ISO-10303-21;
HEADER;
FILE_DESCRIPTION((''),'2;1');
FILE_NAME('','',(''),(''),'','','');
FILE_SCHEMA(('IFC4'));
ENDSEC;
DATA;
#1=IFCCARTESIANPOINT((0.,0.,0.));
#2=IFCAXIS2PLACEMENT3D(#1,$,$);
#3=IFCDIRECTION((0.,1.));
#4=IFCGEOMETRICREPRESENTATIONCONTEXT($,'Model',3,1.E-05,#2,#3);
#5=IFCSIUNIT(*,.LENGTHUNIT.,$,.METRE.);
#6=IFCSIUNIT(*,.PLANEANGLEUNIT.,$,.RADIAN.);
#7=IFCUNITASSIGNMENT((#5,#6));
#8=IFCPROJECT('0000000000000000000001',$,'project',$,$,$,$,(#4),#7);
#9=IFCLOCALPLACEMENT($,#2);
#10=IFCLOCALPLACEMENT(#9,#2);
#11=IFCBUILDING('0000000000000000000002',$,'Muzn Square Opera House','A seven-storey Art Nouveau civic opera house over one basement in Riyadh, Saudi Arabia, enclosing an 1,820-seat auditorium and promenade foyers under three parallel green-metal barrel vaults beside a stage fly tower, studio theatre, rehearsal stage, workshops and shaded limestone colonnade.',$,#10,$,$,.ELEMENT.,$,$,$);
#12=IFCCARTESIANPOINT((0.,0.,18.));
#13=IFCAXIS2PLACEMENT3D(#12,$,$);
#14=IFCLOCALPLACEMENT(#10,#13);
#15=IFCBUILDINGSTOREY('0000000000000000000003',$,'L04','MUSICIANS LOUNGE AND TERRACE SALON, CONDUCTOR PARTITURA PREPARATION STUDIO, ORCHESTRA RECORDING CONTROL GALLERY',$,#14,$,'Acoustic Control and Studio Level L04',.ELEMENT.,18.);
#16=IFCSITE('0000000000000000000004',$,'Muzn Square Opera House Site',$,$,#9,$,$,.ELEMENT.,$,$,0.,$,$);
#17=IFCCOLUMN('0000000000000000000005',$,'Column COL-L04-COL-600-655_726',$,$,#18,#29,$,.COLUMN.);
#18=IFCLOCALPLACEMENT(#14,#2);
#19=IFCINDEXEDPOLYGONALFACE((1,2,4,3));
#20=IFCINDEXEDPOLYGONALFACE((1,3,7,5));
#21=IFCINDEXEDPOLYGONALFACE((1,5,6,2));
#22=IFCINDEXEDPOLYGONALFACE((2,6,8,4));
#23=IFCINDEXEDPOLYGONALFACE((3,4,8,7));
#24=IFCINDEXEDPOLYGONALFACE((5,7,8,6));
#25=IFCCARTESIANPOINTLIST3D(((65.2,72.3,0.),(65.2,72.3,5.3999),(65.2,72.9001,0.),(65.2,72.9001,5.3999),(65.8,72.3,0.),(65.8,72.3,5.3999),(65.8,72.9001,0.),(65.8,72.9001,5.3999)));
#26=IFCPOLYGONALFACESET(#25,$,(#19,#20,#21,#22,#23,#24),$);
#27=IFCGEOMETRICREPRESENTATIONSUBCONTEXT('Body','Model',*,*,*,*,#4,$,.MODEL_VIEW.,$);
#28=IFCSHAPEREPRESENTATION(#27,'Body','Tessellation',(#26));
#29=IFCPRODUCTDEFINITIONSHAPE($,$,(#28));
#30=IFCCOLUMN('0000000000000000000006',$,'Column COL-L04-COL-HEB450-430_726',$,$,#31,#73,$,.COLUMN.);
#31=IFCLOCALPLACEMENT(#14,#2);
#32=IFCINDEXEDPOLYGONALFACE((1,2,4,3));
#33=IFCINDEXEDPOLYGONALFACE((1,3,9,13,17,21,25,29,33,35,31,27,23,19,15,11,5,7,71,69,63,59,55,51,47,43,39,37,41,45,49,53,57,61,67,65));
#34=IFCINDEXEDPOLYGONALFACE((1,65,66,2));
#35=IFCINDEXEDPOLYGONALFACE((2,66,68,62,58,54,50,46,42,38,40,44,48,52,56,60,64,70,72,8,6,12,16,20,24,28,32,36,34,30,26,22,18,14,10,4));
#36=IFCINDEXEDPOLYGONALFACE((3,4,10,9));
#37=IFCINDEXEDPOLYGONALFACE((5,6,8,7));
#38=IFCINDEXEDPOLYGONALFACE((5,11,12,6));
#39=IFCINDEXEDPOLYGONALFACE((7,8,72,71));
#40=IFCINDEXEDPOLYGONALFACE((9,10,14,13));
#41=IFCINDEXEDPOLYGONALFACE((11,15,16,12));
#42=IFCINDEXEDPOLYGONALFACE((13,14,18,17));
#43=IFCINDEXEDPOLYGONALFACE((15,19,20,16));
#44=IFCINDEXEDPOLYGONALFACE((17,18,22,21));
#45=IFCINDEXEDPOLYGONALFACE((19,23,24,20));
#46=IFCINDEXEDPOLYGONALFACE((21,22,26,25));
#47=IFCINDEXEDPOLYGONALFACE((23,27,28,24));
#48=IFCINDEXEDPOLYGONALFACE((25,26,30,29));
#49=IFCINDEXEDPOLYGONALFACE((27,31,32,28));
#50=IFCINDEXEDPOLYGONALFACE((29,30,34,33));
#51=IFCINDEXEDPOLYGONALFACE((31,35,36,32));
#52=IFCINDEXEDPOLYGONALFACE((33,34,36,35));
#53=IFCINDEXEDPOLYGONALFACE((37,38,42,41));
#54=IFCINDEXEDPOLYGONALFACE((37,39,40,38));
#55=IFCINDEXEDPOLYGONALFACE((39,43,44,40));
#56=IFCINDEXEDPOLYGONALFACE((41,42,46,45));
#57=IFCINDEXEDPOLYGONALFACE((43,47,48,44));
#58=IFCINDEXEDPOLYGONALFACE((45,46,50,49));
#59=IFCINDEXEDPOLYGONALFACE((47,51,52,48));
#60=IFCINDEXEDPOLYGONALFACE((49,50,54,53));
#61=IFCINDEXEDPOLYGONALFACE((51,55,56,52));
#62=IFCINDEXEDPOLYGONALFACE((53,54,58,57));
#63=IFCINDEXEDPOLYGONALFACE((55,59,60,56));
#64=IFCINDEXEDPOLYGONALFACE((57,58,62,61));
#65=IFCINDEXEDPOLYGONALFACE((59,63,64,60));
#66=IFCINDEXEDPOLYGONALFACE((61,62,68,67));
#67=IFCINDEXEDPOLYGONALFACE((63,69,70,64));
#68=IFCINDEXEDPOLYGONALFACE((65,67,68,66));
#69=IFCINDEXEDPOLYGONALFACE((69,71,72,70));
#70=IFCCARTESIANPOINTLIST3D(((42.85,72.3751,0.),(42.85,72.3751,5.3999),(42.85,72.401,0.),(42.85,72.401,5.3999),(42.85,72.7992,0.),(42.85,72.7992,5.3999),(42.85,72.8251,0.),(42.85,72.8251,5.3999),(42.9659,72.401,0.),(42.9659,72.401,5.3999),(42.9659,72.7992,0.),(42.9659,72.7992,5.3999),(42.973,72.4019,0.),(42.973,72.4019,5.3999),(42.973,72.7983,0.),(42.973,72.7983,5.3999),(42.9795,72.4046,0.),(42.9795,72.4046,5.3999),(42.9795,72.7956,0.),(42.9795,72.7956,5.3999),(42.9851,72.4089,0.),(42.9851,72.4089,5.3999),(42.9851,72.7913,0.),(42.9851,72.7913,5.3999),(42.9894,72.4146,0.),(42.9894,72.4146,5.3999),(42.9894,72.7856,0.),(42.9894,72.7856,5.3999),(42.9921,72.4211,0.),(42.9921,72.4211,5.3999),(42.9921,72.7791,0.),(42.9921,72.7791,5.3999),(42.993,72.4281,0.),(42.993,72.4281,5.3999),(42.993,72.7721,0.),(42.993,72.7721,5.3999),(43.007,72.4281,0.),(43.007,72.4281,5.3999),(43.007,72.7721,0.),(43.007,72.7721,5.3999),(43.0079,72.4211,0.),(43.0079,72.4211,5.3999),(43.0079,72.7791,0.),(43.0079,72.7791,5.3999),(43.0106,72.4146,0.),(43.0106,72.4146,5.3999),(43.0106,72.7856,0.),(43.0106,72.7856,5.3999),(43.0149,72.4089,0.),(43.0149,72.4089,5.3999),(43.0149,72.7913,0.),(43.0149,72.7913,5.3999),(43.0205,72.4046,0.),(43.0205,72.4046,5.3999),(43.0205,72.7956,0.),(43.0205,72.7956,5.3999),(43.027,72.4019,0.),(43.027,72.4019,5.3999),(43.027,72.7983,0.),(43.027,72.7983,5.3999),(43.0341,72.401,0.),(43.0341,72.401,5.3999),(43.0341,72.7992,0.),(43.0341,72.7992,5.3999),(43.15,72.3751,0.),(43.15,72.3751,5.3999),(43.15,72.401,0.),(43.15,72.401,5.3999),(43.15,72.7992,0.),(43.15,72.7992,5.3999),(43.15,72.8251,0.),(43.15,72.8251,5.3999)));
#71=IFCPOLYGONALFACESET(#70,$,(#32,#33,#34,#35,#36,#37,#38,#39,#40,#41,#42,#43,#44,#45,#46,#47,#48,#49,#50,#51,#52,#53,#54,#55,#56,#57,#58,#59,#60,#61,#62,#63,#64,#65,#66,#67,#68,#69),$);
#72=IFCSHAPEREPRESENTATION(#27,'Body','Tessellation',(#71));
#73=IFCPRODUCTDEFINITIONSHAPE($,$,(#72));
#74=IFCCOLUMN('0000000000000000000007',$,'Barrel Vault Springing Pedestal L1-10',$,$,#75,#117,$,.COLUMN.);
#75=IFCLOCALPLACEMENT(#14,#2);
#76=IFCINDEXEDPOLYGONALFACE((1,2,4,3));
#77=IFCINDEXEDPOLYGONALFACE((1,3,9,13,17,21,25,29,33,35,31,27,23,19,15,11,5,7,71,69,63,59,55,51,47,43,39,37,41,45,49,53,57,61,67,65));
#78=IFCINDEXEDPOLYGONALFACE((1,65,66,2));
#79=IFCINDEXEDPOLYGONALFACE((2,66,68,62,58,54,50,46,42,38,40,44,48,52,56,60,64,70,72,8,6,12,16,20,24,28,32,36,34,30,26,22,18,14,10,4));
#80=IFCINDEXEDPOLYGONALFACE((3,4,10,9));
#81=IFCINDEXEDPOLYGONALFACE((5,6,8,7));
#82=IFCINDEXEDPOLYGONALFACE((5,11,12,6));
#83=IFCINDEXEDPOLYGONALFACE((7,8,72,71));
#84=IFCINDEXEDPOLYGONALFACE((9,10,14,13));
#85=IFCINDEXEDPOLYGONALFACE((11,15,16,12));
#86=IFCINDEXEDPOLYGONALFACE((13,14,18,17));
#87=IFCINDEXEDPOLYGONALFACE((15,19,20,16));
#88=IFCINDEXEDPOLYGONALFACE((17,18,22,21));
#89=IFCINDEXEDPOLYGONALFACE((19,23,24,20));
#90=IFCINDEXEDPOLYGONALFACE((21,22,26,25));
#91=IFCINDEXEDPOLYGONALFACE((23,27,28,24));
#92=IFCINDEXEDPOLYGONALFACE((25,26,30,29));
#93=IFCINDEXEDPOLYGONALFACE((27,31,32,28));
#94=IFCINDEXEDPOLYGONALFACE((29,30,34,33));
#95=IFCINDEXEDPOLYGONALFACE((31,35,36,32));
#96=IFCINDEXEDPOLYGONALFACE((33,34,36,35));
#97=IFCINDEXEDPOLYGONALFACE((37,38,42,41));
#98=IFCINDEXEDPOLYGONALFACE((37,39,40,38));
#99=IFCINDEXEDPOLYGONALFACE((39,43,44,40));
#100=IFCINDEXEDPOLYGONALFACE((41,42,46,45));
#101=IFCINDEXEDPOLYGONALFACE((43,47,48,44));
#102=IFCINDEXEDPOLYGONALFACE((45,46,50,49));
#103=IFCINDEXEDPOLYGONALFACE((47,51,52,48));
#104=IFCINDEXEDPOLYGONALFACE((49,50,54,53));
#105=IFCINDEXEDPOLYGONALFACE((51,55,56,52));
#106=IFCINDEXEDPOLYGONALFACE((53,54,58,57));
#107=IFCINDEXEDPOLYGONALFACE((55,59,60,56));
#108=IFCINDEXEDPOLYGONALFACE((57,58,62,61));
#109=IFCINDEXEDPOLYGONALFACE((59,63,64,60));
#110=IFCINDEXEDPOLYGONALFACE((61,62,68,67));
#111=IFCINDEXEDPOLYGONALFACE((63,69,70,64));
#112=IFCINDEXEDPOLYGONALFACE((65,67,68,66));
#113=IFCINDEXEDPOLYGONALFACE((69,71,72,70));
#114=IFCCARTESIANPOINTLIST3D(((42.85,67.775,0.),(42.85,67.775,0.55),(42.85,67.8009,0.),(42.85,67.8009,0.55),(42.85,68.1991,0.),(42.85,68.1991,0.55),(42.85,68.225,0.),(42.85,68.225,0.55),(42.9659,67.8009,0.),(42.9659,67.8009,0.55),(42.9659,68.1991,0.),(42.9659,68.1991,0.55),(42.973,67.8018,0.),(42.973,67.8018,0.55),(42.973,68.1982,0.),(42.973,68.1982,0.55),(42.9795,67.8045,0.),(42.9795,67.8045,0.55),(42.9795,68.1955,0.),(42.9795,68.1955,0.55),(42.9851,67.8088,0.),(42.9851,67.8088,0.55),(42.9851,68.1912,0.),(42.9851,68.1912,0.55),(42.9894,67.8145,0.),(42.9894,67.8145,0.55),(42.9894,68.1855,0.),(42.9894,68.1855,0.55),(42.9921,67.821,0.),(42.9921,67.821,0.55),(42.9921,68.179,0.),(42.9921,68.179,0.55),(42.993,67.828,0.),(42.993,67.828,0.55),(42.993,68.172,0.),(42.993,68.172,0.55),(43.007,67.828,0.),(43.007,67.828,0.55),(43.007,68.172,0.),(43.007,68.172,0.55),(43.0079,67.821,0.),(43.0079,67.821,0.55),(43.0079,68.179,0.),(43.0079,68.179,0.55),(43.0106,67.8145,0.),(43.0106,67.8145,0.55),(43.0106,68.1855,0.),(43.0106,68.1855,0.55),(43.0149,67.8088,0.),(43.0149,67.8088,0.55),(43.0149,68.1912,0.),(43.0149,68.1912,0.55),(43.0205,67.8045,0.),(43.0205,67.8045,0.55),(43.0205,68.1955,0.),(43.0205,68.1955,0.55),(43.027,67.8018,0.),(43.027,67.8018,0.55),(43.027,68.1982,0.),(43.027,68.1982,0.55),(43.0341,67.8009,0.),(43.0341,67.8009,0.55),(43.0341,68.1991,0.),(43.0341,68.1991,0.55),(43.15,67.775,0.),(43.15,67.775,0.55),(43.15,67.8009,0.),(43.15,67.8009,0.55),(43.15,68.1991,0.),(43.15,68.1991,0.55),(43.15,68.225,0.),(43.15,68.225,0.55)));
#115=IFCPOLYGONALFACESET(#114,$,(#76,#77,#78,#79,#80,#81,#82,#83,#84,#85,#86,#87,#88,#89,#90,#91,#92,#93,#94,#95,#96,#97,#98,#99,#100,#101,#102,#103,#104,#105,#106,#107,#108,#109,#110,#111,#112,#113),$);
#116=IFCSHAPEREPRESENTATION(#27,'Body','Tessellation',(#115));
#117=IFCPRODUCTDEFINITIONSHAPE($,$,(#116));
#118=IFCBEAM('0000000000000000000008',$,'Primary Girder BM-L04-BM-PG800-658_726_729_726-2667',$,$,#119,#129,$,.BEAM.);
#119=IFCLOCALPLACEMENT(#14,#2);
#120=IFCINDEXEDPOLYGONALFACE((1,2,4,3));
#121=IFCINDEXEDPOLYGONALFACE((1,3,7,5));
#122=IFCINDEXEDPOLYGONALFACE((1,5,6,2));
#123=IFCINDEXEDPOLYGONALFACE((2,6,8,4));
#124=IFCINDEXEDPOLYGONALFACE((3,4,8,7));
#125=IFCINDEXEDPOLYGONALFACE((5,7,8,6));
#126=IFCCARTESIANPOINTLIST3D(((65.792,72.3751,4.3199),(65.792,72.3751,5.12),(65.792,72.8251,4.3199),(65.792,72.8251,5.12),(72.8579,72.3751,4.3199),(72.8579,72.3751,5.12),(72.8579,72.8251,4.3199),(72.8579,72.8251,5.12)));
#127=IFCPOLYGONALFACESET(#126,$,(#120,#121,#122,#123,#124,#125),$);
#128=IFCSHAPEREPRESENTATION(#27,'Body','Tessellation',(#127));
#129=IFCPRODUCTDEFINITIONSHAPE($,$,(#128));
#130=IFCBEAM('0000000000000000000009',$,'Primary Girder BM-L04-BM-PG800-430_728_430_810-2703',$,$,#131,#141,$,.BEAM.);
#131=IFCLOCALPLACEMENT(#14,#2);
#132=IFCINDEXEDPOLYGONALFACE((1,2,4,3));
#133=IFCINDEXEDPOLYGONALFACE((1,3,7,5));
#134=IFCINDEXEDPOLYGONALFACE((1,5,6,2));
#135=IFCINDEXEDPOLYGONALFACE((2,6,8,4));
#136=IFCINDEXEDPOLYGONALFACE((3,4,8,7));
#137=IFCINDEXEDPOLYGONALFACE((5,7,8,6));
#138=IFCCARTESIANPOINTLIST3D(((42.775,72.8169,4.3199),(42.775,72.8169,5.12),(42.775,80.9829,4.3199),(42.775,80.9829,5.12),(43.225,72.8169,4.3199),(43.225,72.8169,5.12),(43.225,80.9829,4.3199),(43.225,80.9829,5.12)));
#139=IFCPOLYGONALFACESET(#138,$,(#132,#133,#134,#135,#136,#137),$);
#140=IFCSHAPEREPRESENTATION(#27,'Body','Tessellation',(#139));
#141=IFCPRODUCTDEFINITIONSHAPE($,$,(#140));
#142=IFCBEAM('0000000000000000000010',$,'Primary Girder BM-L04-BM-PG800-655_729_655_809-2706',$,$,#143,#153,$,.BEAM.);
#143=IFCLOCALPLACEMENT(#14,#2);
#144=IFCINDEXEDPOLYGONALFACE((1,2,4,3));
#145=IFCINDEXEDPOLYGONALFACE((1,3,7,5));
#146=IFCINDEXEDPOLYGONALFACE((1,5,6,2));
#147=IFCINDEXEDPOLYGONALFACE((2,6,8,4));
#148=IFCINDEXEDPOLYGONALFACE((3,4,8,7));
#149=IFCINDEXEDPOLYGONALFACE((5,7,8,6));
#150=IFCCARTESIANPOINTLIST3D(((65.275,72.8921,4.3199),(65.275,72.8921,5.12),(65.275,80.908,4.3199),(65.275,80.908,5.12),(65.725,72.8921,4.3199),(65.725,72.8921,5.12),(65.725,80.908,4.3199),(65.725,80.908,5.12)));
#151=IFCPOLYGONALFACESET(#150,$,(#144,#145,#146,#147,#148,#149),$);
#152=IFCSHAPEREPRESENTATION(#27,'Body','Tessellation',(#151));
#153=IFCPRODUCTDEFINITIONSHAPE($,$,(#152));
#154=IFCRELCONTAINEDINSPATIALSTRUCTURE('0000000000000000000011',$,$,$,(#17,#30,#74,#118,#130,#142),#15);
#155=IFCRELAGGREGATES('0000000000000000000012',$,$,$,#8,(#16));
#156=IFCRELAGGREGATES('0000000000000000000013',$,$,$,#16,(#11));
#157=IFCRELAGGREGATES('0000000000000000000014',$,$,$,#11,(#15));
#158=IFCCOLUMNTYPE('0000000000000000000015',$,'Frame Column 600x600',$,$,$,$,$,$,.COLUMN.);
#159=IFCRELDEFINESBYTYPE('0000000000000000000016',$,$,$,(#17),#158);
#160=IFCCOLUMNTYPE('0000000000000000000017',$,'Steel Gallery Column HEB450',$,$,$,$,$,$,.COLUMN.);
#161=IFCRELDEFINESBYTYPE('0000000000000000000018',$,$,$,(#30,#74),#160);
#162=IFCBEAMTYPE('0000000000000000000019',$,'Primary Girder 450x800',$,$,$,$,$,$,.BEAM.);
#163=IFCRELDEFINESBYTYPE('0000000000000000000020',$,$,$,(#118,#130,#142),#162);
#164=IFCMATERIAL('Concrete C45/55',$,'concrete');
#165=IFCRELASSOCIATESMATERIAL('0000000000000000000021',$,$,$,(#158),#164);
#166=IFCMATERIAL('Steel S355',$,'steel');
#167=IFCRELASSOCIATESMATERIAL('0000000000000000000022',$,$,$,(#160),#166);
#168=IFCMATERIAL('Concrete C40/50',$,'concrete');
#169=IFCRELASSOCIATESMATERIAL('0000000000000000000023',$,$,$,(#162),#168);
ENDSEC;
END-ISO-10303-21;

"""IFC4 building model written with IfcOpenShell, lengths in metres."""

from ifc_helpers import new_model, si_unit, direction, frame, origin, origin_2d, place, context, subcontext, project, spatial, rectangle, i_section, extrude, material, material_profile, profile_set, type_object, element, save


model = new_model("IFC4")

# Units and contexts
model_context = context("Model", 3, precision=1e-05, world=origin(), true_north=direction((0.0, 1.0)))
body_context = subcontext(model_context, "Body", "Model", "MODEL_VIEW")
ifc_project = project(units=[si_unit("LENGTHUNIT", "METRE"), si_unit("PLANEANGLEUNIT", "RADIAN")], contexts=[model_context])

# Site, building, storey
site_placement = place(None, origin())
site = spatial("IfcSite", under=ifc_project, at=site_placement, Name="Muzn Square Opera House Site", CompositionType="ELEMENT", RefElevation=0.0)
building_placement = place(site_placement, origin())
building = spatial("IfcBuilding", under=site, at=building_placement, Name="Muzn Square Opera House", Description="A seven-storey Art Nouveau civic opera house over one basement in Riyadh, Saudi Arabia, enclosing an 1,820-seat auditorium and promenade foyers under three parallel green-metal barrel vaults beside a stage fly tower, studio theatre, rehearsal stage, workshops and shaded limestone colonnade.", CompositionType="ELEMENT")
storey_placement = place(building_placement, frame((0.0, 0.0, 18.0)))
storey = spatial("IfcBuildingStorey", under=building, at=storey_placement, Name="L04", Description="MUSICIANS LOUNGE AND TERRACE SALON, CONDUCTOR PARTITURA PREPARATION STUDIO, ORCHESTRA RECORDING CONTROL GALLERY", LongName="Acoustic Control and Studio Level L04", CompositionType="ELEMENT", Elevation=18.0)

# Columns
ifc_material_1 = material(Name="Concrete C45/55", Category="concrete")
ifc_material_profile_1 = material_profile(ifc_material_1, rectangle(XDim=0.6001, YDim=0.6001, at=origin_2d()), Name="RC 600x600", Category="concrete")
ifc_profile_set_1 = profile_set([ifc_material_profile_1], Name="Concrete C45/55")
column_type_1 = type_object("IfcColumnType", Name="Frame Column 600x600", PredefinedType="COLUMN", material=ifc_profile_set_1)
column_1_placement = place(storey_placement, frame((65.5, 72.6001, 0.0), z_axis=(0.0, 0.0, 1.0), x_axis=(1.0, 0.0, 0.0)))
element("IfcColumn", 1, at=column_1_placement, inside=storey, type_object=column_type_1, Name="Column COL-L04-COL-600-655_726", PredefinedType="COLUMN", context=body_context, shape_type="SweptSolid", body=[
    extrude(rectangle(XDim=0.6001, YDim=0.6001, at=origin_2d()), origin(), (0.0, 0.0, 1.0), 5.3999),
])
ifc_material_2 = material(Name="Steel S355", Category="steel")
ifc_material_profile_2 = material_profile(ifc_material_2, i_section(OverallWidth=0.3, OverallDepth=0.45, WebThickness=0.0139, FlangeThickness=0.0259, FilletRadius=0.0271, at=origin_2d()), Name="HEB 450", Category="steel")
ifc_profile_set_2 = profile_set([ifc_material_profile_2], Name="Steel S355")
column_type_2 = type_object("IfcColumnType", Name="Steel Gallery Column HEB450", PredefinedType="COLUMN", material=ifc_profile_set_2)
column_2_placement = place(storey_placement, frame((43.0, 72.6001, 0.0), z_axis=(0.0, 0.0, 1.0), x_axis=(1.0, 0.0, 0.0)))
element("IfcColumn", 2, at=column_2_placement, inside=storey, type_object=column_type_2, Name="Column COL-L04-COL-HEB450-430_726", PredefinedType="COLUMN", context=body_context, shape_type="SweptSolid", body=[
    extrude(i_section(OverallWidth=0.3, OverallDepth=0.45, WebThickness=0.0139, FlangeThickness=0.0259, FilletRadius=0.0271, at=origin_2d()), origin(), (0.0, 0.0, 1.0), 5.3999),
])
column_3_placement = place(storey_placement, frame((43.0, 68.0, 0.0), z_axis=(0.0, 0.0, 1.0), x_axis=(1.0, 0.0, 0.0)))
element("IfcColumn", 3, at=column_3_placement, inside=storey, type_object=column_type_2, Name="Barrel Vault Springing Pedestal L1-10", PredefinedType="COLUMN", context=body_context, shape_type="SweptSolid", body=[
    extrude(i_section(OverallWidth=0.3, OverallDepth=0.45, WebThickness=0.0139, FlangeThickness=0.0259, FilletRadius=0.0271, at=origin_2d()), origin(), (0.0, 0.0, 1.0), 0.55),
])

# Beams
ifc_material_3 = material(Name="Concrete C40/50", Category="concrete")
ifc_material_profile_3 = material_profile(ifc_material_3, rectangle(XDim=0.45, YDim=0.8, at=origin_2d()), Name="RCB 450x800", Category="concrete")
ifc_profile_set_3 = profile_set([ifc_material_profile_3], Name="Concrete C40/50")
beam_type = type_object("IfcBeamType", Name="Primary Girder 450x800", PredefinedType="BEAM", material=ifc_profile_set_3)
beam_1_placement = place(storey_placement, frame((65.792, 72.6001, 4.72), z_axis=(1.0, 0.0, 0.0), x_axis=(0.0, 1.0, 0.0)))
element("IfcBeam", 4, at=beam_1_placement, inside=storey, type_object=beam_type, Name="Primary Girder BM-L04-BM-PG800-658_726_729_726-2667", PredefinedType="BEAM", context=body_context, shape_type="SweptSolid", body=[
    extrude(rectangle(XDim=0.45, YDim=0.8, at=origin_2d()), origin(), (0.0, 0.0, 1.0), 7.0659),
])
beam_2_placement = place(storey_placement, frame((43.0, 72.8169, 4.72), z_axis=(0.0, 1.0, 0.0), x_axis=(-1.0, 0.0, 0.0)))
element("IfcBeam", 5, at=beam_2_placement, inside=storey, type_object=beam_type, Name="Primary Girder BM-L04-BM-PG800-430_728_430_810-2703", PredefinedType="BEAM", context=body_context, shape_type="SweptSolid", body=[
    extrude(rectangle(XDim=0.45, YDim=0.8, at=origin_2d()), origin(), (0.0, 0.0, 1.0), 8.166),
])
beam_3_placement = place(storey_placement, frame((65.5, 72.8921, 4.72), z_axis=(0.0, 1.0, 0.0), x_axis=(-1.0, 0.0, 0.0)))
element("IfcBeam", 6, at=beam_3_placement, inside=storey, type_object=beam_type, Name="Primary Girder BM-L04-BM-PG800-655_729_655_809-2706", PredefinedType="BEAM", context=body_context, shape_type="SweptSolid", body=[
    extrude(rectangle(XDim=0.45, YDim=0.8, at=origin_2d()), origin(), (0.0, 0.0, 1.0), 8.0159),
])

save(model, "model.ifc")
